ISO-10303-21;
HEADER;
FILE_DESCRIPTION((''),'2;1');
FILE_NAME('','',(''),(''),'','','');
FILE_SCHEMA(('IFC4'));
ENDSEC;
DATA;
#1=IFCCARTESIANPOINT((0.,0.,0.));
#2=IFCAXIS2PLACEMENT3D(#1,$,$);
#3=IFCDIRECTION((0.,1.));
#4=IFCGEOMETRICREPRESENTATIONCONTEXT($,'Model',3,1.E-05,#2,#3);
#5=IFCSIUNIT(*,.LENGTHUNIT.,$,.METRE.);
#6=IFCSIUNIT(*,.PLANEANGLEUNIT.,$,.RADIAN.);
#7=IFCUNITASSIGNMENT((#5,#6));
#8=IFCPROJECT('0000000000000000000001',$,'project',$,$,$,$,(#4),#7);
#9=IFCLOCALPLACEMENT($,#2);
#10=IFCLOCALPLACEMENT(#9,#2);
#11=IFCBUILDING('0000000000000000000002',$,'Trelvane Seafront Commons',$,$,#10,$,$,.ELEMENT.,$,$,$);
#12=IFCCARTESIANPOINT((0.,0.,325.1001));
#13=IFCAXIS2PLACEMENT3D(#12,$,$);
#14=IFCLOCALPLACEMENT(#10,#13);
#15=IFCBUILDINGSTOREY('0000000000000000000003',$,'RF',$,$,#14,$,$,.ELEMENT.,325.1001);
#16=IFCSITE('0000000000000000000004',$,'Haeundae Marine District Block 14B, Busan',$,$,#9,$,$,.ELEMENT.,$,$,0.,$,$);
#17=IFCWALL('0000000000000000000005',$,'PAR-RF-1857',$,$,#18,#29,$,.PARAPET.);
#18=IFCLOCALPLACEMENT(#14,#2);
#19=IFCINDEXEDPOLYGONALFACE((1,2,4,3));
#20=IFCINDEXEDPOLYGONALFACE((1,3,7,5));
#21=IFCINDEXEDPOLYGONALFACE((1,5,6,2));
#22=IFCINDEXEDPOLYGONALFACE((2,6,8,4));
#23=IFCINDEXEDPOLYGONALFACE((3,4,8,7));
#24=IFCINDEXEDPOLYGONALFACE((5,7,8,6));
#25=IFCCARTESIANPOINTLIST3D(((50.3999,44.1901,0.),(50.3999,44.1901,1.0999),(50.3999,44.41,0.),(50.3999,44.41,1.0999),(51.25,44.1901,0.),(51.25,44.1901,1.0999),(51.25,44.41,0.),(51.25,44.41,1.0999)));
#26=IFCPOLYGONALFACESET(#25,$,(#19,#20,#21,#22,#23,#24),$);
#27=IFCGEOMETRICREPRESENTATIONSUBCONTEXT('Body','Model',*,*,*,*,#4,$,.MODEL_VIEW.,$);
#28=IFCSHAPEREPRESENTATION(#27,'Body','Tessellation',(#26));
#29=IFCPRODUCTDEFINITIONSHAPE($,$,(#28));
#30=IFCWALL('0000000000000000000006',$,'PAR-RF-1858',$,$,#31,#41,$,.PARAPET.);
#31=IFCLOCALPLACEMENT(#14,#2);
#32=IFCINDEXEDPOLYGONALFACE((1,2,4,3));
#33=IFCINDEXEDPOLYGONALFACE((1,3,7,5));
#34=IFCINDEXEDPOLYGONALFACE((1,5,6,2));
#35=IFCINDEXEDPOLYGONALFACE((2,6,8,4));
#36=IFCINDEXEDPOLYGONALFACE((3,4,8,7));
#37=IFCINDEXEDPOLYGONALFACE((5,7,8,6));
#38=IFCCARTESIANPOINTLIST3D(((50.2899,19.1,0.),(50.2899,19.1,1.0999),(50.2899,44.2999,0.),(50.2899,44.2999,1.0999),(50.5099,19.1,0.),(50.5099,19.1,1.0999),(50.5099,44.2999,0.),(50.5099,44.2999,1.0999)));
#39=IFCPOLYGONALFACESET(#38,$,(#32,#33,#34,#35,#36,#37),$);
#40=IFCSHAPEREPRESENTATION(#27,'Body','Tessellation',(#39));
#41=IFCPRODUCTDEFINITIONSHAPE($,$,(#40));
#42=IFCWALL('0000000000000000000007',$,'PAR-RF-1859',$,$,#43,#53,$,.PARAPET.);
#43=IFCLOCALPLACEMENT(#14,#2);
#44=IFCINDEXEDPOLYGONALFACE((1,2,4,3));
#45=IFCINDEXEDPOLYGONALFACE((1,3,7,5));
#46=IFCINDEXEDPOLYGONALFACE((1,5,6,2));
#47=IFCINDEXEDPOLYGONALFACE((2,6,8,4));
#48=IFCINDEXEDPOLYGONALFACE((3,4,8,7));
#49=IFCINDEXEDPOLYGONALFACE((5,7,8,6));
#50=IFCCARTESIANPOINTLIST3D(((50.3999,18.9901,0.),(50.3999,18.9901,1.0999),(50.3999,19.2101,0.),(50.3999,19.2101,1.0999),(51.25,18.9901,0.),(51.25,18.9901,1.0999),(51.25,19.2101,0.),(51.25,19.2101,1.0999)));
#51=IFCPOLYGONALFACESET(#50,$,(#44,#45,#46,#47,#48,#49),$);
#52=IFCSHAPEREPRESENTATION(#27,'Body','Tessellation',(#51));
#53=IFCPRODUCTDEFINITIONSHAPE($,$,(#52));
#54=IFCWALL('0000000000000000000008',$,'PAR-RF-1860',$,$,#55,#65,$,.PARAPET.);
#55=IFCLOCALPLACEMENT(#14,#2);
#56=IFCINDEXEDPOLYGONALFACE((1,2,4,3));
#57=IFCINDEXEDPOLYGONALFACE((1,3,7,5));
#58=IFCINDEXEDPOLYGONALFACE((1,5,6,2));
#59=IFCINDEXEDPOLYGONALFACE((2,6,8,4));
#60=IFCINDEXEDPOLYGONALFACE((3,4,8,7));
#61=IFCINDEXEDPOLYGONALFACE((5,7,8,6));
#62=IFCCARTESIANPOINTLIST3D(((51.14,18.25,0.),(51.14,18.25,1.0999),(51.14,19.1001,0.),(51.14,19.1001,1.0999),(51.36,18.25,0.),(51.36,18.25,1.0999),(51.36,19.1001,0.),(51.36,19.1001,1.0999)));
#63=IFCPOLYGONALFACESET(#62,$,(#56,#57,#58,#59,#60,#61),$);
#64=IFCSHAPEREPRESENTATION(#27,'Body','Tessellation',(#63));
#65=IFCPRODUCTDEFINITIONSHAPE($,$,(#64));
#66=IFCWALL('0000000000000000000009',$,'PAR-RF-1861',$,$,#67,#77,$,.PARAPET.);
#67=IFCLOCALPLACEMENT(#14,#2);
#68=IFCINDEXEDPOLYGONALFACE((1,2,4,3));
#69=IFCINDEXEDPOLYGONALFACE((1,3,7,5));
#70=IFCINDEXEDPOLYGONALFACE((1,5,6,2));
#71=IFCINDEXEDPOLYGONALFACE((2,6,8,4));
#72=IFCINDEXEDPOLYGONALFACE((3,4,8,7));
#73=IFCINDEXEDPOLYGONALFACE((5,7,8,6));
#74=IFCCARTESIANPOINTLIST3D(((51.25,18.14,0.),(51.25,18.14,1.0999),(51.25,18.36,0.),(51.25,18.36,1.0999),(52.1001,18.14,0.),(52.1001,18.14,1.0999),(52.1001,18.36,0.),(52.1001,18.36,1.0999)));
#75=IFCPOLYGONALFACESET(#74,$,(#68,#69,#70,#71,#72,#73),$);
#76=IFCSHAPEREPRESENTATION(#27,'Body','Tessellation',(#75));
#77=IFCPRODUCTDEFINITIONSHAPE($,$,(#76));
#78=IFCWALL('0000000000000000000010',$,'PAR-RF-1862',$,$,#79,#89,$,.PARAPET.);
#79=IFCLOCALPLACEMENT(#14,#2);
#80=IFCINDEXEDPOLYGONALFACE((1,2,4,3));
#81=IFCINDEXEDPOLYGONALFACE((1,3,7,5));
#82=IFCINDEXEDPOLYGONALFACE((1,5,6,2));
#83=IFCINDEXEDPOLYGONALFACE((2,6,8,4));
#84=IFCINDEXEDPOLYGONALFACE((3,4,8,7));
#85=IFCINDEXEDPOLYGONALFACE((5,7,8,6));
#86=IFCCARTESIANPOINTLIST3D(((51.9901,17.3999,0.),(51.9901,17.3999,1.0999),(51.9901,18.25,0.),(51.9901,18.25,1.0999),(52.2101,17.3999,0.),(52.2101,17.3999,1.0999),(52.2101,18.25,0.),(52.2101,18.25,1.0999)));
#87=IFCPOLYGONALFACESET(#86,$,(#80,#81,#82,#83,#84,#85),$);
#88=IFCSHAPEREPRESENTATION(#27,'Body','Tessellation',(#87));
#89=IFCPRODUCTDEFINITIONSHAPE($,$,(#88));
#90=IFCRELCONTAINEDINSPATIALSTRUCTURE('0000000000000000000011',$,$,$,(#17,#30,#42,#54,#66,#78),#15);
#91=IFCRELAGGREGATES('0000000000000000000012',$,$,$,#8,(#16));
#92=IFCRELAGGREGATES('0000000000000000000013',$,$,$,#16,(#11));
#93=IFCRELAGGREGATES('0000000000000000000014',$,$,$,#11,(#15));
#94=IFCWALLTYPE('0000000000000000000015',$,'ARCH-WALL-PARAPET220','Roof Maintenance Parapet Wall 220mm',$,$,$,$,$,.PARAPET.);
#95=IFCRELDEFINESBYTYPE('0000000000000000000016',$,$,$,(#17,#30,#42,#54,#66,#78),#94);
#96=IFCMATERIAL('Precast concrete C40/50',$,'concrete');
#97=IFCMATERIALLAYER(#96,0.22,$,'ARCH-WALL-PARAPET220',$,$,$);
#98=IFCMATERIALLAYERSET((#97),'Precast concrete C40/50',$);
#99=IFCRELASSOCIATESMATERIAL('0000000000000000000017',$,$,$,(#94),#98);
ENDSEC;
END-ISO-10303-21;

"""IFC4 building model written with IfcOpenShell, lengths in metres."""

from ifc_helpers import new_model, si_unit, direction, frame, frame_2d, origin, place, context, subcontext, project, spatial, rectangle, extrude, material, layer, layer_set, type_object, element, save


model = new_model("IFC4")

# Units and contexts
model_context = context("Model", 3, precision=1e-05, world=origin(), true_north=direction((0.0, 1.0)))
body_context = subcontext(model_context, "Body", "Model", "MODEL_VIEW")
ifc_project = project(units=[si_unit("LENGTHUNIT", "METRE"), si_unit("PLANEANGLEUNIT", "RADIAN")], contexts=[model_context])

# Site, building, storey
site_placement = place(None, origin())
site = spatial("IfcSite", under=ifc_project, at=site_placement, Name="Haeundae Marine District Block 14B, Busan", CompositionType="ELEMENT", RefElevation=0.0)
building_placement = place(site_placement, origin())
building = spatial("IfcBuilding", under=site, at=building_placement, Name="Trelvane Seafront Commons", CompositionType="ELEMENT")
storey_placement = place(building_placement, frame((0.0, 0.0, 325.1001)))
storey = spatial("IfcBuildingStorey", under=building, at=storey_placement, Name="RF", CompositionType="ELEMENT", Elevation=325.1001)

# Walls
ifc_material = material(Name="Precast concrete C40/50", Category="concrete")
ifc_layer = layer(ifc_material, 0.22, Name="ARCH-WALL-PARAPET220")
ifc_layer_set = layer_set([ifc_layer], Name="Precast concrete C40/50")
wall_type = type_object("IfcWallType", Name="ARCH-WALL-PARAPET220", Description="Roof Maintenance Parapet Wall 220mm", PredefinedType="PARAPET", material=ifc_layer_set)
wall_1_placement = place(storey_placement, frame((51.25, 44.3, 0.0), z_axis=(0.0, 0.0, 1.0), x_axis=(-1.0, 0.0, 0.0)))
element("IfcWall", 1, at=wall_1_placement, inside=storey, type_object=wall_type, Name="PAR-RF-1857", PredefinedType="PARAPET", context=body_context, shape_type="SweptSolid", body=[
    extrude(rectangle(XDim=0.8501, YDim=0.22, at=frame_2d((0.425, 0.0))), origin(), (0.0, 0.0, 1.0), 1.0999),
])
wall_2_placement = place(storey_placement, frame((50.3999, 44.3, 0.0), z_axis=(0.0, 0.0, 1.0), x_axis=(0.0, -1.0, 0.0)))
element("IfcWall", 2, at=wall_2_placement, inside=storey, type_object=wall_type, Name="PAR-RF-1858", PredefinedType="PARAPET", context=body_context, shape_type="SweptSolid", body=[
    extrude(rectangle(XDim=25.2, YDim=0.22, at=frame_2d((12.6001, 0.0))), origin(), (0.0, 0.0, 1.0), 1.0999),
])
for number, where, z_axis, x_axis, name in (
    (3, (50.3999, 19.1001, 0.0), (0.0, 0.0, 1.0), (1.0, 0.0, 0.0), "PAR-RF-1859"),
    (4, (51.25, 19.1001, 0.0), (0.0, 0.0, 1.0), (0.0, -1.0, 0.0), "PAR-RF-1860"),
    (5, (51.25, 18.25, 0.0), (0.0, 0.0, 1.0), (1.0, 0.0, 0.0), "PAR-RF-1861"),
    (6, (52.1001, 18.25, 0.0), (0.0, 0.0, 1.0), (0.0, -1.0, 0.0), "PAR-RF-1862"),
):
    element("IfcWall", number, at=place(storey_placement, frame(where, z_axis=z_axis, x_axis=x_axis)), inside=storey, type_object=wall_type, Name=name, PredefinedType="PARAPET", context=body_context, shape_type="SweptSolid", body=[
        extrude(rectangle(XDim=0.8501, YDim=0.22, at=frame_2d((0.425, 0.0))), origin(), (0.0, 0.0, 1.0), 1.0999),
    ])

save(model, "model.ifc")
